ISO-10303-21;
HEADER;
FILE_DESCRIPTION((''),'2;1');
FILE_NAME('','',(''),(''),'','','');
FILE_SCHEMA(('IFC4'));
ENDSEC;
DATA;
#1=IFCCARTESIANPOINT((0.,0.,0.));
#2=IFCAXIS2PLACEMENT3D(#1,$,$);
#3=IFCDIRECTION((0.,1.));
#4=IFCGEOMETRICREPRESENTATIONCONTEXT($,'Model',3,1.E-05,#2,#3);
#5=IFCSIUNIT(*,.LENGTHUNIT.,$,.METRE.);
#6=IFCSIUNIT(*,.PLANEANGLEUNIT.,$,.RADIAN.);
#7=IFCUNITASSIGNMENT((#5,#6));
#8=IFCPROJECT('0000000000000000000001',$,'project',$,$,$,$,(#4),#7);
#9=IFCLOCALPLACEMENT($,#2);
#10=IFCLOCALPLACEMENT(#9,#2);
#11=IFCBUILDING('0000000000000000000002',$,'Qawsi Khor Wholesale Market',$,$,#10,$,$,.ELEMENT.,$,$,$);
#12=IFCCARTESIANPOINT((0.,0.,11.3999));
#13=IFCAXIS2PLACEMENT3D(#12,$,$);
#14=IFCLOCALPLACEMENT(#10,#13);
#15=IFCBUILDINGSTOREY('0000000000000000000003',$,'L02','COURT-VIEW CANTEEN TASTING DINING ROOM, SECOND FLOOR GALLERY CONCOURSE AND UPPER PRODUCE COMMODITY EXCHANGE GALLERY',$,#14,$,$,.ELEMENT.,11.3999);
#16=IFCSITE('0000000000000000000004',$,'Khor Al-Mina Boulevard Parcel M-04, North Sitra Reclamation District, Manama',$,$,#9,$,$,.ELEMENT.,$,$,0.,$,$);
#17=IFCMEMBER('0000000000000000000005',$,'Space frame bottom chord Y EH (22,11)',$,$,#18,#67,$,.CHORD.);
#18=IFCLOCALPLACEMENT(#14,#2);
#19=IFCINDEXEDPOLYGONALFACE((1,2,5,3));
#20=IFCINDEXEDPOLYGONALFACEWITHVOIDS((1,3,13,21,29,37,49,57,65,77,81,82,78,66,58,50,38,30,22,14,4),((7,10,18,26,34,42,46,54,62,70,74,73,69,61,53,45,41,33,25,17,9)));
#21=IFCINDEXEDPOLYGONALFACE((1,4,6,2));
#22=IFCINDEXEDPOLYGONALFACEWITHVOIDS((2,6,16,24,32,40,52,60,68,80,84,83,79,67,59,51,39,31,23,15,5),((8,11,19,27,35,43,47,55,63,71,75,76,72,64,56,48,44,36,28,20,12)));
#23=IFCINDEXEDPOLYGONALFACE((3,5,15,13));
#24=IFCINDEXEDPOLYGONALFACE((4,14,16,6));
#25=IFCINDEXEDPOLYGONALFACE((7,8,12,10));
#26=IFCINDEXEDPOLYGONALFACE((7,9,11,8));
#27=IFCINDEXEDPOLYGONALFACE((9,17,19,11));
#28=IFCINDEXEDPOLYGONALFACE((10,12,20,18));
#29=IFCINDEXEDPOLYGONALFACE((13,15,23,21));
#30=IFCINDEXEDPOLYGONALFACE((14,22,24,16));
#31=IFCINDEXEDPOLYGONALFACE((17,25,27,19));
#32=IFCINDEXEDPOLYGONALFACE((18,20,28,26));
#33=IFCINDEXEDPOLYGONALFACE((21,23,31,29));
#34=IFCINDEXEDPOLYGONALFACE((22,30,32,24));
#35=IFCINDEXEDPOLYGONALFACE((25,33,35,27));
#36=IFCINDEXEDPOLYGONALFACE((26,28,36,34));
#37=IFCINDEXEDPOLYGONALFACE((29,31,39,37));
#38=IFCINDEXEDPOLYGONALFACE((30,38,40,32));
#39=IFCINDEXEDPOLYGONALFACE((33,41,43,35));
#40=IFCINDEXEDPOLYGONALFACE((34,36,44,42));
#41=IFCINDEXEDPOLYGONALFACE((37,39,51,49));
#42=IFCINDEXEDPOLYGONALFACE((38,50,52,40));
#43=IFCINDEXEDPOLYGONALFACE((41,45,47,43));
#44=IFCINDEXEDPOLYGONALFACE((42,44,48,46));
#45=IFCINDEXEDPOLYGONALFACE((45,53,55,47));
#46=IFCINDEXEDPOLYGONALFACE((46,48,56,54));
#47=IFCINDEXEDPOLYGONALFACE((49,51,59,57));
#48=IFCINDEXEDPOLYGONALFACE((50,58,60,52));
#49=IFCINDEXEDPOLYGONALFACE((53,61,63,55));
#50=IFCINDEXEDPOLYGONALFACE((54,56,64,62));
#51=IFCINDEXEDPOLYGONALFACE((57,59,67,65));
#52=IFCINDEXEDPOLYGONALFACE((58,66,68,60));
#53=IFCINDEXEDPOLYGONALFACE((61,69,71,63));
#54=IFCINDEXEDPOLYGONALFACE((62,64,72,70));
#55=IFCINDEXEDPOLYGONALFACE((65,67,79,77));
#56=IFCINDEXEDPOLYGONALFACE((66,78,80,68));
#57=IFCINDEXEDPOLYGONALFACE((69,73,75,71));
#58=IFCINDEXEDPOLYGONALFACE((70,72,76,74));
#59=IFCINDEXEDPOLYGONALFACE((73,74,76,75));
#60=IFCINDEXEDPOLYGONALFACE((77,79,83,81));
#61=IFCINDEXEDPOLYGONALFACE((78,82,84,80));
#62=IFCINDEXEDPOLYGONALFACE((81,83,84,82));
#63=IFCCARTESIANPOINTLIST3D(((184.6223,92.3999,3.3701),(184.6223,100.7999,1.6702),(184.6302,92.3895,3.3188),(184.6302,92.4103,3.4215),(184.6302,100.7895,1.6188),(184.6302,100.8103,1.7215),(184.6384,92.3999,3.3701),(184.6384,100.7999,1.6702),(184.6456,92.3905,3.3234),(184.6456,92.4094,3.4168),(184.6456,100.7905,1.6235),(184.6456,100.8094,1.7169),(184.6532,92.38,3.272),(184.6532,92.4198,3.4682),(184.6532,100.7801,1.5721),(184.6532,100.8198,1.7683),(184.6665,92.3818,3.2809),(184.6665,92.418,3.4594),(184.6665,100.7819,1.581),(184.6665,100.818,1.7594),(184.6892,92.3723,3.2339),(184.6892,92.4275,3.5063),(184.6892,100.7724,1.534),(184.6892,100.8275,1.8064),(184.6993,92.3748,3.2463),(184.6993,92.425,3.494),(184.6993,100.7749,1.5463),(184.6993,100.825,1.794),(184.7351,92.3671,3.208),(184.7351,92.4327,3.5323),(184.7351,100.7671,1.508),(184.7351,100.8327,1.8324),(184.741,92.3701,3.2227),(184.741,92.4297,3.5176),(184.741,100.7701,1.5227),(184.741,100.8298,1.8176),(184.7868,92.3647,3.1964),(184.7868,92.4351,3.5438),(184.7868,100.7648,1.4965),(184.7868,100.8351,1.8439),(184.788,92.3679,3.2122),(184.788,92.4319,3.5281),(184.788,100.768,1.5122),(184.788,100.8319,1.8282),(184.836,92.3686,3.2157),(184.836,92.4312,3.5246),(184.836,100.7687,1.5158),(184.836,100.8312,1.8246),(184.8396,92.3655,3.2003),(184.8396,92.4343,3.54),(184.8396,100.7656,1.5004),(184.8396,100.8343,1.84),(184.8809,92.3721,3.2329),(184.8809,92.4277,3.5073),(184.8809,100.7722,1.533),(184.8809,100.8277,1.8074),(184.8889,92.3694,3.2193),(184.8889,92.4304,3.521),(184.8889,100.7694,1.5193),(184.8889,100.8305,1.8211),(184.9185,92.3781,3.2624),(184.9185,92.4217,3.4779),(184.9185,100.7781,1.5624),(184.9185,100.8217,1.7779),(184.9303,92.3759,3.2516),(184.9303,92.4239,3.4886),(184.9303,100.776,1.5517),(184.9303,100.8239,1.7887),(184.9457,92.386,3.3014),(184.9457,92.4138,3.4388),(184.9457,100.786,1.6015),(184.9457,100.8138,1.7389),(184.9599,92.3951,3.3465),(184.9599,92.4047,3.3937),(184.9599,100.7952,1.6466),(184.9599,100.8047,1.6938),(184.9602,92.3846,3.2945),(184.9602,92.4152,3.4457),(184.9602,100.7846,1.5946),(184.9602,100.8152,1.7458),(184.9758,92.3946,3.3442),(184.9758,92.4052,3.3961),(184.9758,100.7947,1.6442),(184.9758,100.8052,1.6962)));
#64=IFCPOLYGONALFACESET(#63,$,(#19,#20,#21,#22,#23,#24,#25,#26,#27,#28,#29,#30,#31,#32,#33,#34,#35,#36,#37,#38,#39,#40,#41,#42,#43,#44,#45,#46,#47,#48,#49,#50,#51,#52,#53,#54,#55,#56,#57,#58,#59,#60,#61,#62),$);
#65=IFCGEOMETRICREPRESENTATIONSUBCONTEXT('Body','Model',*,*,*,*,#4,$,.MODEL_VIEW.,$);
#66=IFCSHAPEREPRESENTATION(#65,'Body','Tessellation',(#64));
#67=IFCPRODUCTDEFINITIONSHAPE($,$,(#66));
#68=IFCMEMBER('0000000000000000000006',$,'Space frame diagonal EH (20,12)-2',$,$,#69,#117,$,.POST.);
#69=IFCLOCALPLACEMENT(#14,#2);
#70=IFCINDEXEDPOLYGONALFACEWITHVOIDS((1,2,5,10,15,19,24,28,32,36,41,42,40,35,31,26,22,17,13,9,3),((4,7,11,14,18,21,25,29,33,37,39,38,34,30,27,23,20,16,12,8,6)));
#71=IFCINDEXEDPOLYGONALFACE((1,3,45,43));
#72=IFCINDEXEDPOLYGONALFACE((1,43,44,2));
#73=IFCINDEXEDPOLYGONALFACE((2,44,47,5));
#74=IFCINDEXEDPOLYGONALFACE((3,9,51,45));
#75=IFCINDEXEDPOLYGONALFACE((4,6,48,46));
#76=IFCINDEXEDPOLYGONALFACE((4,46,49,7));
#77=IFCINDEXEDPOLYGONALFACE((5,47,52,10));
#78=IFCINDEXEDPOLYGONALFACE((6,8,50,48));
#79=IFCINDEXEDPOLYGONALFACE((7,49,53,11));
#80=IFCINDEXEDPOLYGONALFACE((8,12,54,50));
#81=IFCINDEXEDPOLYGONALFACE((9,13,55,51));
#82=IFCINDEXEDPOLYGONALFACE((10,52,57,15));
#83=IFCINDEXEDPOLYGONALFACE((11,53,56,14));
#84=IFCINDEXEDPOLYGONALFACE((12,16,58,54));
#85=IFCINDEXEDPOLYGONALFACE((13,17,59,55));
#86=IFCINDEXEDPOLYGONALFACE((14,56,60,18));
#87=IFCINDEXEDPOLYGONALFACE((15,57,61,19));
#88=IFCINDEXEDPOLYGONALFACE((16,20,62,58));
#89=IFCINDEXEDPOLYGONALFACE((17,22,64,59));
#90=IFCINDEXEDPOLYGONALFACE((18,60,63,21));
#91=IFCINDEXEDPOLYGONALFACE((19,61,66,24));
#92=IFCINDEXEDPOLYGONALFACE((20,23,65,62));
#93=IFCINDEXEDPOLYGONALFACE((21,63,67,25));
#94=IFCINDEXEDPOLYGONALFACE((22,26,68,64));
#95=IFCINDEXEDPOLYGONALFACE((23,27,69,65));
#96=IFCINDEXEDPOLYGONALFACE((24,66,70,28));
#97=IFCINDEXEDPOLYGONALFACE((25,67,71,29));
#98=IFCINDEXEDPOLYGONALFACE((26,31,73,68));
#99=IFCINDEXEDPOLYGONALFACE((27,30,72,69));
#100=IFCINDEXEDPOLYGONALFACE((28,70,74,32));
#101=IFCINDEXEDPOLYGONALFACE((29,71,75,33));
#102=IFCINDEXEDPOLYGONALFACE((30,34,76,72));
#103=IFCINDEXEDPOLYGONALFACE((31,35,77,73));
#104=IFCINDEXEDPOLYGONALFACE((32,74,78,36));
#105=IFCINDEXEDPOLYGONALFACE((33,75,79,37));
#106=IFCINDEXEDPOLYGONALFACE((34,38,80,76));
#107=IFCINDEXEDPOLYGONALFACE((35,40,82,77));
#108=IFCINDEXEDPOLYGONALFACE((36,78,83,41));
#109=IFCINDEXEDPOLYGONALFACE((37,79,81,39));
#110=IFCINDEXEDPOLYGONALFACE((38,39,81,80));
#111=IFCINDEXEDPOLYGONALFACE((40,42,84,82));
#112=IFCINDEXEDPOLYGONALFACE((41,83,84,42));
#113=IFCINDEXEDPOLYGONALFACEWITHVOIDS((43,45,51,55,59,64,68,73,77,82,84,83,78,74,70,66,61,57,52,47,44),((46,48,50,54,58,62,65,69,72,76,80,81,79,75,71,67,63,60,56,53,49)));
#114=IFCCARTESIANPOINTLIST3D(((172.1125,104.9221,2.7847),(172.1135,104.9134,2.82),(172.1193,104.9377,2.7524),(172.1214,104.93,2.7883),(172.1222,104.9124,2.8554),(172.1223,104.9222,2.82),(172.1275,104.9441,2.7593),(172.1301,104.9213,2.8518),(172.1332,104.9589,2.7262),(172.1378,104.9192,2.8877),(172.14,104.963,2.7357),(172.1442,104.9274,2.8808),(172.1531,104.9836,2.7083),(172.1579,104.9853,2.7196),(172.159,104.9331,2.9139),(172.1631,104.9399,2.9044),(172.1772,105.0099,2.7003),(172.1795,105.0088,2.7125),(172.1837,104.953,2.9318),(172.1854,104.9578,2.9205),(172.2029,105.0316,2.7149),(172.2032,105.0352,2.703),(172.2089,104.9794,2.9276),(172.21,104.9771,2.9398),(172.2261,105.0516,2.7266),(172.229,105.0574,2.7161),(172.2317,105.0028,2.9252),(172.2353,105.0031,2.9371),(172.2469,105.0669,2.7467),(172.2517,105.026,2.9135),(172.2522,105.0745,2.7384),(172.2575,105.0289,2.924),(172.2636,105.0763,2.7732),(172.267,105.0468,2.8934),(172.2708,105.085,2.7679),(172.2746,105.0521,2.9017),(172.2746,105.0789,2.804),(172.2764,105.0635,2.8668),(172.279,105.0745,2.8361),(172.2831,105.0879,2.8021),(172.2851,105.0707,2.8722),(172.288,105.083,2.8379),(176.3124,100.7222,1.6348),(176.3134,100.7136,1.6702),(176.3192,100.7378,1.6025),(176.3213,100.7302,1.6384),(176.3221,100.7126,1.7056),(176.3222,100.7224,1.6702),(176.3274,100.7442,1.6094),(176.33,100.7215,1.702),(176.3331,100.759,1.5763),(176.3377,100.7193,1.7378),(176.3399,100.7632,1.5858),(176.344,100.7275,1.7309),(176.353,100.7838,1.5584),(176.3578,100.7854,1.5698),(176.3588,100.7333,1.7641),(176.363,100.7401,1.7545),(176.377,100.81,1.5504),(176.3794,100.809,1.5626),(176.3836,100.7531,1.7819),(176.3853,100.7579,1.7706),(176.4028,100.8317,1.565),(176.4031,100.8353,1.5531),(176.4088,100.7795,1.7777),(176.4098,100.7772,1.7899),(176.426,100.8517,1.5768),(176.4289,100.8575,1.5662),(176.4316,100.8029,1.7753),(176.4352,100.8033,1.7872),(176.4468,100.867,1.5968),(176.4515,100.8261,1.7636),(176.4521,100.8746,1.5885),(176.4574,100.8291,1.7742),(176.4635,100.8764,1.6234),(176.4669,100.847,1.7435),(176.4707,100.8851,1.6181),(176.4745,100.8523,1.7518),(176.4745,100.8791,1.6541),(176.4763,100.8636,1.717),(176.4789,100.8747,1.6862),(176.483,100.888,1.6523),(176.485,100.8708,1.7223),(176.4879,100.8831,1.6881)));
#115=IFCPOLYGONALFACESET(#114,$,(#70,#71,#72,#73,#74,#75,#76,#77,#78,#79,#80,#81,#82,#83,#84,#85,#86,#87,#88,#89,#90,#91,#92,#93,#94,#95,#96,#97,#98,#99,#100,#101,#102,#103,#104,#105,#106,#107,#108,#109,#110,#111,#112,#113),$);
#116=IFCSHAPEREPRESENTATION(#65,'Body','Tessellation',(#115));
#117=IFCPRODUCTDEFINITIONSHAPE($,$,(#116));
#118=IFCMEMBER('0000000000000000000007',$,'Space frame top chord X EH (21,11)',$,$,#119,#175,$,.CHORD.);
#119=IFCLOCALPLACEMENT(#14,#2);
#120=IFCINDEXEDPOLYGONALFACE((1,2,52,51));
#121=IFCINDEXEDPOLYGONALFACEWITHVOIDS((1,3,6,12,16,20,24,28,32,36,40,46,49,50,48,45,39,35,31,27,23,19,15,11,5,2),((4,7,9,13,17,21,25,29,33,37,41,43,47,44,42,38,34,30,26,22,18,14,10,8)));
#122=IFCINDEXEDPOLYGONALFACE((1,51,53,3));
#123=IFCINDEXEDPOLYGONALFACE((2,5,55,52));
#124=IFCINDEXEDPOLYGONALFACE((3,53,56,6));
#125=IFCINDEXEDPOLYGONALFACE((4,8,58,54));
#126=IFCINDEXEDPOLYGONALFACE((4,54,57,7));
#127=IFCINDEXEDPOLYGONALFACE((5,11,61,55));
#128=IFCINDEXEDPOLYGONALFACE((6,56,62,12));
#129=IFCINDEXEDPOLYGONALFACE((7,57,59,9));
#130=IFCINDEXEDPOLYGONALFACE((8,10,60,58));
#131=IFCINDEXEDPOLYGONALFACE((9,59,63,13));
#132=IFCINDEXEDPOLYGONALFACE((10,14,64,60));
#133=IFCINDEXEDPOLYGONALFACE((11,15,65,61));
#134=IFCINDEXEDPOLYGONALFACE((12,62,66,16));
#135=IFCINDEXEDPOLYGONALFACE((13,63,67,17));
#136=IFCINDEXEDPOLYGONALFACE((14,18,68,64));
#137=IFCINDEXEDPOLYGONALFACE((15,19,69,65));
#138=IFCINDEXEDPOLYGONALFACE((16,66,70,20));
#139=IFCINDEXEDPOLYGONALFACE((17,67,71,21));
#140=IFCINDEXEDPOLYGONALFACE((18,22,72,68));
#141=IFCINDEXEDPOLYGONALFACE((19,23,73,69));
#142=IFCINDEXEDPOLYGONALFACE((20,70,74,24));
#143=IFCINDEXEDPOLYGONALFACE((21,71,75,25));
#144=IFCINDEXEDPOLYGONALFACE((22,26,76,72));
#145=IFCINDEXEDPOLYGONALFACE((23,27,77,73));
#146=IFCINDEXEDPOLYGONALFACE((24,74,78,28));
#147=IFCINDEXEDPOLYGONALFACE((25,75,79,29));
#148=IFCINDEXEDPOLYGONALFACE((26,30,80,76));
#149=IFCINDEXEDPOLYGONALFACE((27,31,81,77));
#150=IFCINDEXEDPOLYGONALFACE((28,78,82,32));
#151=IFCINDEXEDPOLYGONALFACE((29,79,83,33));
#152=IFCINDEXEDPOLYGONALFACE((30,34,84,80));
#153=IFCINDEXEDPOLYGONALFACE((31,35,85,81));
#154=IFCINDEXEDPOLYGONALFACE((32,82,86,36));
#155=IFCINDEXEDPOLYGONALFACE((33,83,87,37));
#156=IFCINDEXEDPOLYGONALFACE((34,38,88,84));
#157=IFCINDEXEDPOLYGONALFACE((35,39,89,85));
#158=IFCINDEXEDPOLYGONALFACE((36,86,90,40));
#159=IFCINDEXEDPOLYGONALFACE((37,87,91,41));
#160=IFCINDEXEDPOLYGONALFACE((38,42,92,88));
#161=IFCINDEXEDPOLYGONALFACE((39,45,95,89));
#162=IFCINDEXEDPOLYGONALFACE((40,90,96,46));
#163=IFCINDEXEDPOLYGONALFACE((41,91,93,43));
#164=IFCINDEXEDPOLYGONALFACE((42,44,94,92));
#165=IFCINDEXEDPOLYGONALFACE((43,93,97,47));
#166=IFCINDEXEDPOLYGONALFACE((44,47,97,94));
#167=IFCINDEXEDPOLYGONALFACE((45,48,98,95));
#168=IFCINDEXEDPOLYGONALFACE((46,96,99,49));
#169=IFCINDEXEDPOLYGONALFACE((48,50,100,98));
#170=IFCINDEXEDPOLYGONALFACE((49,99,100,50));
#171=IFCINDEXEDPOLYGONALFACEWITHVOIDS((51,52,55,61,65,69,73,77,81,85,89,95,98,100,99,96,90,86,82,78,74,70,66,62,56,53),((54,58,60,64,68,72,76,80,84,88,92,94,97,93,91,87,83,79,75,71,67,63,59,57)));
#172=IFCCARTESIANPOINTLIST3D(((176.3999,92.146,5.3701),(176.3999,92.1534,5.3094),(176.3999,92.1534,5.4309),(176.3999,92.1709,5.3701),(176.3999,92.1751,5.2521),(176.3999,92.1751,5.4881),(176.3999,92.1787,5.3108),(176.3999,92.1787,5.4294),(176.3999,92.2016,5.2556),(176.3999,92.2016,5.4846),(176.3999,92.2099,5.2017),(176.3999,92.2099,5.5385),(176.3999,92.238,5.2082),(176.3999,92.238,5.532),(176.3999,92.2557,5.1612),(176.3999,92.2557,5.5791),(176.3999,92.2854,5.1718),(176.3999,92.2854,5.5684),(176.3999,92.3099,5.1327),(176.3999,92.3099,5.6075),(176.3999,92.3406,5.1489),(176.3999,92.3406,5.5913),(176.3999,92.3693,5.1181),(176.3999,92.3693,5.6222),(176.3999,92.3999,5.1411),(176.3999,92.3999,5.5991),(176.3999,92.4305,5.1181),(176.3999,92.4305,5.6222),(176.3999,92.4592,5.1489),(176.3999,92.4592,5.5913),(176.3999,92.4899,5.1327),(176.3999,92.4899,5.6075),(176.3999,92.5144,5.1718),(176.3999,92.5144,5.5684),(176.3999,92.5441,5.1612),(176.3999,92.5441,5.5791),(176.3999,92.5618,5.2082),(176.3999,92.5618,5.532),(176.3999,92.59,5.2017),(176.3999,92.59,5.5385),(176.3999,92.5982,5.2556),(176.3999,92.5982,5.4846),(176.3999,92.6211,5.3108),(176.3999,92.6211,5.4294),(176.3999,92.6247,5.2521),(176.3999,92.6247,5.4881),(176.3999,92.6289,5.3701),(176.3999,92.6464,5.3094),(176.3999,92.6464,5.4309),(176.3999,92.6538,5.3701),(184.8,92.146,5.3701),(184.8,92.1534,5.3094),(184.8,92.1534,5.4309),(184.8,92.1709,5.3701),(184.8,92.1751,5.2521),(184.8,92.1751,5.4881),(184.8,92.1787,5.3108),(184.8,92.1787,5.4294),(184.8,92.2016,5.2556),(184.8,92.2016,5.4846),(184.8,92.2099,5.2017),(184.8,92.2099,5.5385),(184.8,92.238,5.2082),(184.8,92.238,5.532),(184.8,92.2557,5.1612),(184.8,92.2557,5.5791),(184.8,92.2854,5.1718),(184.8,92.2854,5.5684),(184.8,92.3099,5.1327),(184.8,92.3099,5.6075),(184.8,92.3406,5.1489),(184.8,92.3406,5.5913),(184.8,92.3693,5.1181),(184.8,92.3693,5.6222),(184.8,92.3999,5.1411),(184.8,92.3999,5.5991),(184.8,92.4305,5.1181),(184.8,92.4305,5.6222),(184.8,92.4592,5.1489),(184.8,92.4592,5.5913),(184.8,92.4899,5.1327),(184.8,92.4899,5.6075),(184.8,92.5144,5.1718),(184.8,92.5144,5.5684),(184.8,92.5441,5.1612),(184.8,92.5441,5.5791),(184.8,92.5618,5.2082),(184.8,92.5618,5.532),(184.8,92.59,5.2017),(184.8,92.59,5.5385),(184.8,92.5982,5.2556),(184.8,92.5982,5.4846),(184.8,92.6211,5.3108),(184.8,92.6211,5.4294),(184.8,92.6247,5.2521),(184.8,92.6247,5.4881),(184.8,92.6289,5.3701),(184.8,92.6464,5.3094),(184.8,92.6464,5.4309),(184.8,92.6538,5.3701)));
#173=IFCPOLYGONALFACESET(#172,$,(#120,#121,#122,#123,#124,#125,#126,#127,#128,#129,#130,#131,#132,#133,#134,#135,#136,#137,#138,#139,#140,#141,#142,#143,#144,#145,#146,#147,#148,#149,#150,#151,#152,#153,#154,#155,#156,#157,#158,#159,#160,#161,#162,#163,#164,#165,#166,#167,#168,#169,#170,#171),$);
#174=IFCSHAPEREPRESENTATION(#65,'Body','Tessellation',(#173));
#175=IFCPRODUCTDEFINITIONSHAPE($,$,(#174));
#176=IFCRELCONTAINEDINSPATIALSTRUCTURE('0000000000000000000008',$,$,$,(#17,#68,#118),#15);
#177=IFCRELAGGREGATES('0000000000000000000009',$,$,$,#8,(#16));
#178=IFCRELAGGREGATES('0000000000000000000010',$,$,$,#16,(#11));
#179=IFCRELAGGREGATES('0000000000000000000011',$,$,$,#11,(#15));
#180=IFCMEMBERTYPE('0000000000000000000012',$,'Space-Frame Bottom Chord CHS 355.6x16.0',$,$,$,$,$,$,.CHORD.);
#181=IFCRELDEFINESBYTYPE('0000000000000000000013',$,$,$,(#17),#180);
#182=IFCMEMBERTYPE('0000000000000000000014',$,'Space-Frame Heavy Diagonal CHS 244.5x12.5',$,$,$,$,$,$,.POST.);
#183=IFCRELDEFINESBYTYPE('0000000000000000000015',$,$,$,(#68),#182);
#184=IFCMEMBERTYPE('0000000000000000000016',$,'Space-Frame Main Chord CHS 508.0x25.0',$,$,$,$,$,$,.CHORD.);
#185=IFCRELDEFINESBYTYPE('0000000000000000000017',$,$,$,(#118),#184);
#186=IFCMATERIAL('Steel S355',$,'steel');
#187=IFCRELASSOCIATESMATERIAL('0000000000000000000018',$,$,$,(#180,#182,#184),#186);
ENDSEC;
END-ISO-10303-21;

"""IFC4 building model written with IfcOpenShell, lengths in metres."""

from ifc_helpers import new_model, si_unit, direction, frame, origin, origin_2d, place, context, subcontext, project, spatial, hollow_circle, extrude, material, material_profile, profile_set, type_object, element, save


model = new_model("IFC4")

# Units and contexts
model_context = context("Model", 3, precision=1e-05, world=origin(), true_north=direction((0.0, 1.0)))
body_context = subcontext(model_context, "Body", "Model", "MODEL_VIEW")
ifc_project = project(units=[si_unit("LENGTHUNIT", "METRE"), si_unit("PLANEANGLEUNIT", "RADIAN")], contexts=[model_context])

# Site, building, storey
site_placement = place(None, origin())
site = spatial("IfcSite", under=ifc_project, at=site_placement, Name="Khor Al-Mina Boulevard Parcel M-04, North Sitra Reclamation District, Manama", CompositionType="ELEMENT", RefElevation=0.0)
building_placement = place(site_placement, origin())
building = spatial("IfcBuilding", under=site, at=building_placement, Name="Qawsi Khor Wholesale Market", CompositionType="ELEMENT")
storey_placement = place(building_placement, frame((0.0, 0.0, 11.3999)))
storey = spatial("IfcBuildingStorey", under=building, at=storey_placement, Name="L02", Description="COURT-VIEW CANTEEN TASTING DINING ROOM, SECOND FLOOR GALLERY CONCOURSE AND UPPER PRODUCE COMMODITY EXCHANGE GALLERY", CompositionType="ELEMENT", Elevation=11.3999)

# Members
ifc_material_1 = material(Name="Steel S355", Category="steel")
ifc_material_profile_1 = material_profile(ifc_material_1, hollow_circle(Radius=0.1777, WallThickness=0.0161, at=origin_2d()), Name="CHS 355.6x16.0")
ifc_profile_set_1 = profile_set([ifc_material_profile_1], Name="Steel S355")
member_type_1 = type_object("IfcMemberType", Name="Space-Frame Bottom Chord CHS 355.6x16.0", PredefinedType="CHORD", material=ifc_profile_set_1)
member_1_placement = place(storey_placement, frame((184.8, 92.3999, 3.3701), z_axis=(0.0, 0.980131, -0.198351), x_axis=(-1.0, 0.0, 0.0)))
element("IfcMember", 1, at=member_1_placement, inside=storey, type_object=member_type_1, Name="Space frame bottom chord Y EH (22,11)", PredefinedType="CHORD", context=body_context, shape_type="SweptSolid", body=[
    extrude(hollow_circle(Radius=0.1777, WallThickness=0.0161, at=origin_2d()), origin(), (0.0, 0.0, 1.0), 8.5703),
])
ifc_material_profile_2 = material_profile(ifc_material_1, hollow_circle(Radius=0.1223, WallThickness=0.0125, at=origin_2d()), Name="CHS 244.5x12.5")
ifc_profile_set_2 = profile_set([ifc_material_profile_2], Name="Steel S355")
member_type_2 = type_object("IfcMemberType", Name="Space-Frame Heavy Diagonal CHS 244.5x12.5", PredefinedType="POST", material=ifc_profile_set_2)
member_2_placement = place(storey_placement, frame((176.3999, 100.8, 1.6702), z_axis=(-0.694217, 0.694217, 0.190069), x_axis=(-0.707107, -0.707107, 0.0)))
element("IfcMember", 2, at=member_2_placement, inside=storey, type_object=member_type_2, Name="Space frame diagonal EH (20,12)-2", PredefinedType="POST", context=body_context, shape_type="SweptSolid", body=[
    extrude(hollow_circle(Radius=0.1223, WallThickness=0.0125, at=origin_2d()), origin(), (0.0, 0.0, 1.0), 6.0498),
])
ifc_material_profile_3 = material_profile(ifc_material_1, hollow_circle(Radius=0.2539, WallThickness=0.0249, at=origin_2d()), Name="CHS 508.0x25.0")
ifc_profile_set_3 = profile_set([ifc_material_profile_3], Name="Steel S355")
member_type_3 = type_object("IfcMemberType", Name="Space-Frame Main Chord CHS 508.0x25.0", PredefinedType="CHORD", material=ifc_profile_set_3)
member_3_placement = place(storey_placement, frame((176.3999, 92.3999, 5.3701), z_axis=(1.0, 0.0, 0.0), x_axis=(0.0, 1.0, 0.0)))
element("IfcMember", 3, at=member_3_placement, inside=storey, type_object=member_type_3, Name="Space frame top chord X EH (21,11)", PredefinedType="CHORD", context=body_context, shape_type="SweptSolid", body=[
    extrude(hollow_circle(Radius=0.2539, WallThickness=0.0249, at=origin_2d()), origin(), (0.0, 0.0, 1.0), 8.4001),
])

save(model, "model.ifc")
